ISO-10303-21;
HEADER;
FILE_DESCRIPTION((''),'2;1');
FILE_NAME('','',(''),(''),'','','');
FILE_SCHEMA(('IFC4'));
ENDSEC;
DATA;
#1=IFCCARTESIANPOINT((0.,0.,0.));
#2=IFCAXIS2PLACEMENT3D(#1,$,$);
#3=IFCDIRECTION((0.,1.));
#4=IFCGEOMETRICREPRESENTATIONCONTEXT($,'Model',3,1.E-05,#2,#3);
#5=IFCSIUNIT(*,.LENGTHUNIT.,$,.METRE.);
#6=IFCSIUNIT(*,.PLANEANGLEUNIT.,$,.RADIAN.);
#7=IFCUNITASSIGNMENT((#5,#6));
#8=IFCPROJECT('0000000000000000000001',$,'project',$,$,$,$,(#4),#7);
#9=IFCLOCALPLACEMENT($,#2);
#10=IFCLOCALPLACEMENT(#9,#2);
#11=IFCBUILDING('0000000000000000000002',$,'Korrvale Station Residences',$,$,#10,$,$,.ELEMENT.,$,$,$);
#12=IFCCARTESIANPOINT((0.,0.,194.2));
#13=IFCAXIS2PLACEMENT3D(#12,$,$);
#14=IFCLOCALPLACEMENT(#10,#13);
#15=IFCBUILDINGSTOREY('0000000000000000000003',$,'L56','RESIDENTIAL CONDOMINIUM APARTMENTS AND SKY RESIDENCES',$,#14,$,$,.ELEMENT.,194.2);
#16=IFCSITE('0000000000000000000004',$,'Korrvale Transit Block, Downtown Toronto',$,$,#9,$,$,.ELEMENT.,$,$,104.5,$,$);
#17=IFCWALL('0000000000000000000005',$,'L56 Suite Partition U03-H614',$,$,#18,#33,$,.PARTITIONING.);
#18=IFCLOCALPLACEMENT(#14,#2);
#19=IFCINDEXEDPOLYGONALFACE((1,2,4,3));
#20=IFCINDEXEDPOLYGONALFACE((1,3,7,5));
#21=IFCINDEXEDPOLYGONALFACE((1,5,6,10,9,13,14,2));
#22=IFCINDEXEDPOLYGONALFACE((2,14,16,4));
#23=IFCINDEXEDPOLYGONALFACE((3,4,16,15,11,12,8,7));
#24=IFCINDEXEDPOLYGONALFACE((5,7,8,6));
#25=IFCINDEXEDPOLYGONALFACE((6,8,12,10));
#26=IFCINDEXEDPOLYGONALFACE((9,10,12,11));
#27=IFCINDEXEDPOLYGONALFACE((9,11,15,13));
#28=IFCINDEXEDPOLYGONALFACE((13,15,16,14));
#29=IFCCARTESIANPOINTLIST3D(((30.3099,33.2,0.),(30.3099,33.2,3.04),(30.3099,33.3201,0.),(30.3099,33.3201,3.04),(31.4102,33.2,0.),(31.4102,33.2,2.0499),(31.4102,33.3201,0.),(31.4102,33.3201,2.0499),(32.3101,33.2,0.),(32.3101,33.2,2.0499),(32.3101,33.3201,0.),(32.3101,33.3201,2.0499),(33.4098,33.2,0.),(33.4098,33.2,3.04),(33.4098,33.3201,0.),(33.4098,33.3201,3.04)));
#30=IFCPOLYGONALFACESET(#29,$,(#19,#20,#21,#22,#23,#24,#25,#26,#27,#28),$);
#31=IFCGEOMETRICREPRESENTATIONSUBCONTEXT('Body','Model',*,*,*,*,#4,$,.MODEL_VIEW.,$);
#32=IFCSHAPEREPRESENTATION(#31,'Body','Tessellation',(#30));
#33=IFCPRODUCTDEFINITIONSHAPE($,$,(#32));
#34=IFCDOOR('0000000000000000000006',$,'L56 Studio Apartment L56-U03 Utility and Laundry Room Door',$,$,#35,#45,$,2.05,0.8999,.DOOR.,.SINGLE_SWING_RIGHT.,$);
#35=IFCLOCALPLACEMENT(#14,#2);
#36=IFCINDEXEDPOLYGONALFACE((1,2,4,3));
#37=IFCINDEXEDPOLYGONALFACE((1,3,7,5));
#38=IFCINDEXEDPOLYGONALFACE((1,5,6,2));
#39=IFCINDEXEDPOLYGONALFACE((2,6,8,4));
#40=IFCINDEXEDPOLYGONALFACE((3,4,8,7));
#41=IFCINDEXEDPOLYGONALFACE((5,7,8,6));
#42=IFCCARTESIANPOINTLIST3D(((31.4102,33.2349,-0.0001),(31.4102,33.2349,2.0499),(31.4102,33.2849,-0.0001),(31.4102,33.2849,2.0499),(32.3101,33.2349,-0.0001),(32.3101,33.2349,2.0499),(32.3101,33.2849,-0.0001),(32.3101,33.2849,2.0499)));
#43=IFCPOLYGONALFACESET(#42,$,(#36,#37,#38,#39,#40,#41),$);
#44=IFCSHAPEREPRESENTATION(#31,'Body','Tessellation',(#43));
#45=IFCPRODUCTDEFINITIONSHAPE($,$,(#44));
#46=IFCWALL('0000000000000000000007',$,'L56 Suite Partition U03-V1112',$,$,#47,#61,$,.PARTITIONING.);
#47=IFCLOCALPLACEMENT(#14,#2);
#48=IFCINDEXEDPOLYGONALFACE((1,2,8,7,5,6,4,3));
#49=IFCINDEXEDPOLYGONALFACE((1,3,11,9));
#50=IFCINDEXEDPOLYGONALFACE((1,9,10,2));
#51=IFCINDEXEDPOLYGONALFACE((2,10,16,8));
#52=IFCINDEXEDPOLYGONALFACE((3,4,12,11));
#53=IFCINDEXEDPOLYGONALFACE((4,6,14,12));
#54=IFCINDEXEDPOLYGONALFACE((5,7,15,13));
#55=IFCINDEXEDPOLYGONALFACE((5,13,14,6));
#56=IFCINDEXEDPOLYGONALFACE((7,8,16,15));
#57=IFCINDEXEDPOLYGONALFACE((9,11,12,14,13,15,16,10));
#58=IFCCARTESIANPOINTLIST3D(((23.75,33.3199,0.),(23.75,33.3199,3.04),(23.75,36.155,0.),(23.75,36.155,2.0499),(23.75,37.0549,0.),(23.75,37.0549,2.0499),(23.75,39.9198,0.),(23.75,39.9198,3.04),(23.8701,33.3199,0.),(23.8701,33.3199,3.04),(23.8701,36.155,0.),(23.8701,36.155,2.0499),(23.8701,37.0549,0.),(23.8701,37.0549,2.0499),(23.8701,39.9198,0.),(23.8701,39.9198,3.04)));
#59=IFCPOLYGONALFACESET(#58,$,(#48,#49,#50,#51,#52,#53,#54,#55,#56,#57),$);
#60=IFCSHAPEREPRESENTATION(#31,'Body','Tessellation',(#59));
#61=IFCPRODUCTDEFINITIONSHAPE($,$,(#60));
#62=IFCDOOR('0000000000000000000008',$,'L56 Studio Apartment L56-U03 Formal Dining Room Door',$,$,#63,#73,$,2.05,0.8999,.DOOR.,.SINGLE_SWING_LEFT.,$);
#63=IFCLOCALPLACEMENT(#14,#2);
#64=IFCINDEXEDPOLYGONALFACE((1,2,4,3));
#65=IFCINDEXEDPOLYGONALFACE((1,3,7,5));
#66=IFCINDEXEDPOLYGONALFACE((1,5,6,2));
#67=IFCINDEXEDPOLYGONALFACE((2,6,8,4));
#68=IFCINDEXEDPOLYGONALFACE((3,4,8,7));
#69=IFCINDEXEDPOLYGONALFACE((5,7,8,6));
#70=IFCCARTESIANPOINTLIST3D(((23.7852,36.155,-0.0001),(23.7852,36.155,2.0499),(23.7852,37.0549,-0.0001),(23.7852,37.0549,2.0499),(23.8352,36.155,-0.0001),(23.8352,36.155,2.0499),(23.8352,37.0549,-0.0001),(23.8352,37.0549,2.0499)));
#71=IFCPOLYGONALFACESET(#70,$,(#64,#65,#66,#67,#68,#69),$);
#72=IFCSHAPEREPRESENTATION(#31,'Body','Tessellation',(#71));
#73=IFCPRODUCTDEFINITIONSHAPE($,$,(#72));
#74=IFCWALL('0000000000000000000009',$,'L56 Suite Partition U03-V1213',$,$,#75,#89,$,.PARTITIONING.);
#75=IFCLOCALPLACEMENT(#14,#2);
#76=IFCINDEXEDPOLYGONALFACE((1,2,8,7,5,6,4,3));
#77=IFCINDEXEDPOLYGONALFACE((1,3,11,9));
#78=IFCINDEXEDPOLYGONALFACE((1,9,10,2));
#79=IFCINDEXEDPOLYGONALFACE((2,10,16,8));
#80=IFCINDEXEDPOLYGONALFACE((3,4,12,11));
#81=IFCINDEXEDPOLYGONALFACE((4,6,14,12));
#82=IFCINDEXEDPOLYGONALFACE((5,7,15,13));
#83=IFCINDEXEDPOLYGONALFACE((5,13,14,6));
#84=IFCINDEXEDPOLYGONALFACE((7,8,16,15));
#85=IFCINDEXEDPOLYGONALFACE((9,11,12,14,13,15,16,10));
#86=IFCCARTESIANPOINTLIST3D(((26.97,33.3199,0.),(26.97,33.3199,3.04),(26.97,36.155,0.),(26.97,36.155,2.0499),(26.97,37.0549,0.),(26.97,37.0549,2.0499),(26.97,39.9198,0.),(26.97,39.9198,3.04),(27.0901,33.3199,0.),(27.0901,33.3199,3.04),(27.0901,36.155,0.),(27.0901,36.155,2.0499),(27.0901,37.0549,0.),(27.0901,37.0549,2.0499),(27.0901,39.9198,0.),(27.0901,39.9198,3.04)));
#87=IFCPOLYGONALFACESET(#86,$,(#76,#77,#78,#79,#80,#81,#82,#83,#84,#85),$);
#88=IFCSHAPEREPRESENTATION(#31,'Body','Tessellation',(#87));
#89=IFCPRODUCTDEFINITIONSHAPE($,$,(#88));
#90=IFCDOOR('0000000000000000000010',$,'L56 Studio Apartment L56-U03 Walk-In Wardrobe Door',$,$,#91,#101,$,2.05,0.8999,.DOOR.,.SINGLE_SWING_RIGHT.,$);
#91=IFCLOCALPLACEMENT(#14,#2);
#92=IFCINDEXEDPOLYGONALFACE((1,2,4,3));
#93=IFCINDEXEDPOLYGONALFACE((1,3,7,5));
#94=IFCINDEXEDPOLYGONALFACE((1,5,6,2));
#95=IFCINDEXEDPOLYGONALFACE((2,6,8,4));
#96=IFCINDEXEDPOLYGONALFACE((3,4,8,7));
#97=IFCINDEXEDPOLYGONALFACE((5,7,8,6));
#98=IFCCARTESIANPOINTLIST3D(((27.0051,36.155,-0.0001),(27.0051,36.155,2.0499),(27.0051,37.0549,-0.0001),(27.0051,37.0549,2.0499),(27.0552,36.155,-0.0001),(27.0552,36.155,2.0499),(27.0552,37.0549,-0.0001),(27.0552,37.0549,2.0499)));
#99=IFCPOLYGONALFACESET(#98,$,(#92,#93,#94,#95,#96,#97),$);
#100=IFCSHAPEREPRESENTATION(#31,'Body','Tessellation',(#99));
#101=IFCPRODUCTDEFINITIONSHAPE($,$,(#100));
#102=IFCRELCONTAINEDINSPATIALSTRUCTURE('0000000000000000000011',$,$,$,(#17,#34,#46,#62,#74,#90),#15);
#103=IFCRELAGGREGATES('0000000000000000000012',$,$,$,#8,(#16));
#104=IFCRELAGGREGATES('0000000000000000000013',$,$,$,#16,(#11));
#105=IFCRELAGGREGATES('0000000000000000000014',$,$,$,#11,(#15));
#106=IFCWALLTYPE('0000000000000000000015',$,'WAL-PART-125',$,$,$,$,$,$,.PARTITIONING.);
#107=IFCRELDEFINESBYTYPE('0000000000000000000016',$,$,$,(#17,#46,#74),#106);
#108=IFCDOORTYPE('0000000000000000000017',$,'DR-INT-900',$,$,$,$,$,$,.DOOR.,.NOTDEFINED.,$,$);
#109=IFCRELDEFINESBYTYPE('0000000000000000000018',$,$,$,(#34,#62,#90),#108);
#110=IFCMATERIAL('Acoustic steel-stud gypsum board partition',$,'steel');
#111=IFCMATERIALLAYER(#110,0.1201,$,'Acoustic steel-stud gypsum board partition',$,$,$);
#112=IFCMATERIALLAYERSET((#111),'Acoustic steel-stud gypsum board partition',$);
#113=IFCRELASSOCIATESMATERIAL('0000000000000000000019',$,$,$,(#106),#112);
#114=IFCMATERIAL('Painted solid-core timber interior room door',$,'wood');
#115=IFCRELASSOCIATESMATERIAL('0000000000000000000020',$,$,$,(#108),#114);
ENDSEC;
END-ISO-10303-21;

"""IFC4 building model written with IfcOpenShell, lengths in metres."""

from ifc_helpers import new_model, si_unit, direction, frame, frame_2d, origin, place, context, subcontext, project, spatial, rectangle, extrude, material, layer, layer_set, type_object, element, fill, save


model = new_model("IFC4")

# Units and contexts
model_context = context("Model", 3, precision=1e-05, world=origin(), true_north=direction((0.0, 1.0)))
body_context = subcontext(model_context, "Body", "Model", "MODEL_VIEW")
ifc_project = project(units=[si_unit("LENGTHUNIT", "METRE"), si_unit("PLANEANGLEUNIT", "RADIAN")], contexts=[model_context])

# Site, building, storey
site_placement = place(None, origin())
site = spatial("IfcSite", under=ifc_project, at=site_placement, Name="Korrvale Transit Block, Downtown Toronto", CompositionType="ELEMENT", RefElevation=104.5)
building_placement = place(site_placement, origin())
building = spatial("IfcBuilding", under=site, at=building_placement, Name="Korrvale Station Residences", CompositionType="ELEMENT")
storey_placement = place(building_placement, frame((0.0, 0.0, 194.2)))
storey = spatial("IfcBuildingStorey", under=building, at=storey_placement, Name="L56", Description="RESIDENTIAL CONDOMINIUM APARTMENTS AND SKY RESIDENCES", CompositionType="ELEMENT", Elevation=194.2)

# Shared definitions
ifc_material_1 = material(Name="Acoustic steel-stud gypsum board partition", Category="steel")
ifc_layer = layer(ifc_material_1, 0.1201, Name="Acoustic steel-stud gypsum board partition")
ifc_layer_set = layer_set([ifc_layer], Name="Acoustic steel-stud gypsum board partition")
wall_type = type_object("IfcWallType", Name="WAL-PART-125", PredefinedType="PARTITIONING", material=ifc_layer_set)
ifc_material_2 = material(Name="Painted solid-core timber interior room door", Category="wood")
door_type = type_object("IfcDoorType", Name="DR-INT-900", OperationType="NOTDEFINED", PredefinedType="DOOR", material=ifc_material_2)

# Walls, openings, doors
wall_1_placement = place(storey_placement, frame((30.3101, 33.26, 0.0), z_axis=(0.0, 0.0, 1.0), x_axis=(1.0, 0.0, 0.0)))
wall_1 = element("IfcWall", 1, at=wall_1_placement, inside=storey, type_object=wall_type, Name="L56 Suite Partition U03-H614", PredefinedType="PARTITIONING", context=body_context, shape_type="SweptSolid", body=[
    extrude(rectangle(XDim=3.0999, YDim=0.1201, at=frame_2d((1.5498, 0.0))), origin(), (0.0, 0.0, 1.0), 3.04),
])
opening_1_placement = place(wall_1_placement, frame((1.1001, 0.0, 0.0)))
opening_1 = element("IfcOpeningElement", 2, at=opening_1_placement, cuts=wall_1, PredefinedType="OPENING", context=body_context, shape_type="SweptSolid", body=[
    extrude(rectangle(XDim=0.8999, YDim=2.05, at=frame_2d((0.45, 1.0249))), frame((0.0, 0.0701, 0.0), z_axis=(0.0, -1.0, 0.0), x_axis=(1.0, 0.0, 0.0)), (0.0, 0.0, 1.0), 0.1401),
])
door_1_placement = place(opening_1_placement, origin())
door_1 = element("IfcDoor", 3, at=door_1_placement, inside=storey, type_object=door_type, Name="L56 Studio Apartment L56-U03 Utility and Laundry Room Door", OperationType="SINGLE_SWING_RIGHT", OverallHeight=2.05, OverallWidth=0.8999, PredefinedType="DOOR", context=body_context, shape_type="SweptSolid", body=[
    extrude(rectangle(XDim=0.8999, YDim=2.05, at=frame_2d((0.45, 1.0249))), frame((0.0, 0.0249, 0.0), z_axis=(0.0, -1.0, 0.0), x_axis=(1.0, 0.0, 0.0)), (0.0, 0.0, 1.0), 0.05),
])
fill(opening_1, door_1)
wall_2_placement = place(storey_placement, frame((23.8101, 33.3201, 0.0), z_axis=(0.0, 0.0, 1.0), x_axis=(0.0, 1.0, 0.0)))
wall_2 = element("IfcWall", 4, at=wall_2_placement, inside=storey, type_object=wall_type, Name="L56 Suite Partition U03-V1112", PredefinedType="PARTITIONING", context=body_context, shape_type="SweptSolid", body=[
    extrude(rectangle(XDim=6.5999, YDim=0.1201, at=frame_2d((3.2998, 0.0))), origin(), (0.0, 0.0, 1.0), 3.04),
])
opening_2_placement = place(wall_2_placement, frame((2.835, 0.0, 0.0)))
opening_2 = element("IfcOpeningElement", 5, at=opening_2_placement, cuts=wall_2, PredefinedType="OPENING", context=body_context, shape_type="SweptSolid", body=[
    extrude(rectangle(XDim=0.8999, YDim=2.05, at=frame_2d((0.45, 1.0249))), frame((0.0, 0.0701, 0.0), z_axis=(0.0, -1.0, 0.0), x_axis=(1.0, 0.0, 0.0)), (0.0, 0.0, 1.0), 0.1401),
])
door_2_placement = place(opening_2_placement, origin())
door_2 = element("IfcDoor", 6, at=door_2_placement, inside=storey, type_object=door_type, Name="L56 Studio Apartment L56-U03 Formal Dining Room Door", OperationType="SINGLE_SWING_LEFT", OverallHeight=2.05, OverallWidth=0.8999, PredefinedType="DOOR", context=body_context, shape_type="SweptSolid", body=[
    extrude(rectangle(XDim=0.8999, YDim=2.05, at=frame_2d((0.45, 1.0249))), frame((0.0, 0.0249, 0.0), z_axis=(0.0, -1.0, 0.0), x_axis=(1.0, 0.0, 0.0)), (0.0, 0.0, 1.0), 0.05),
])
fill(opening_2, door_2)
wall_3_placement = place(storey_placement, frame((27.03, 33.3201, 0.0), z_axis=(0.0, 0.0, 1.0), x_axis=(0.0, 1.0, 0.0)))
wall_3 = element("IfcWall", 7, at=wall_3_placement, inside=storey, type_object=wall_type, Name="L56 Suite Partition U03-V1213", PredefinedType="PARTITIONING", context=body_context, shape_type="SweptSolid", body=[
    extrude(rectangle(XDim=6.5999, YDim=0.1201, at=frame_2d((3.2998, 0.0))), origin(), (0.0, 0.0, 1.0), 3.04),
])
opening_3_placement = place(wall_3_placement, frame((2.835, 0.0, 0.0)))
opening_3 = element("IfcOpeningElement", 8, at=opening_3_placement, cuts=wall_3, PredefinedType="OPENING", context=body_context, shape_type="SweptSolid", body=[
    extrude(rectangle(XDim=0.8999, YDim=2.05, at=frame_2d((0.45, 1.0249))), frame((0.0, 0.0701, 0.0), z_axis=(0.0, -1.0, 0.0), x_axis=(1.0, 0.0, 0.0)), (0.0, 0.0, 1.0), 0.1401),
])
door_3_placement = place(opening_3_placement, origin())
door_3 = element("IfcDoor", 9, at=door_3_placement, inside=storey, type_object=door_type, Name="L56 Studio Apartment L56-U03 Walk-In Wardrobe Door", OperationType="SINGLE_SWING_RIGHT", OverallHeight=2.05, OverallWidth=0.8999, PredefinedType="DOOR", context=body_context, shape_type="SweptSolid", body=[
    extrude(rectangle(XDim=0.8999, YDim=2.05, at=frame_2d((0.45, 1.0249))), frame((0.0, 0.0249, 0.0), z_axis=(0.0, -1.0, 0.0), x_axis=(1.0, 0.0, 0.0)), (0.0, 0.0, 1.0), 0.05),
])
fill(opening_3, door_3)

save(model, "model.ifc")
